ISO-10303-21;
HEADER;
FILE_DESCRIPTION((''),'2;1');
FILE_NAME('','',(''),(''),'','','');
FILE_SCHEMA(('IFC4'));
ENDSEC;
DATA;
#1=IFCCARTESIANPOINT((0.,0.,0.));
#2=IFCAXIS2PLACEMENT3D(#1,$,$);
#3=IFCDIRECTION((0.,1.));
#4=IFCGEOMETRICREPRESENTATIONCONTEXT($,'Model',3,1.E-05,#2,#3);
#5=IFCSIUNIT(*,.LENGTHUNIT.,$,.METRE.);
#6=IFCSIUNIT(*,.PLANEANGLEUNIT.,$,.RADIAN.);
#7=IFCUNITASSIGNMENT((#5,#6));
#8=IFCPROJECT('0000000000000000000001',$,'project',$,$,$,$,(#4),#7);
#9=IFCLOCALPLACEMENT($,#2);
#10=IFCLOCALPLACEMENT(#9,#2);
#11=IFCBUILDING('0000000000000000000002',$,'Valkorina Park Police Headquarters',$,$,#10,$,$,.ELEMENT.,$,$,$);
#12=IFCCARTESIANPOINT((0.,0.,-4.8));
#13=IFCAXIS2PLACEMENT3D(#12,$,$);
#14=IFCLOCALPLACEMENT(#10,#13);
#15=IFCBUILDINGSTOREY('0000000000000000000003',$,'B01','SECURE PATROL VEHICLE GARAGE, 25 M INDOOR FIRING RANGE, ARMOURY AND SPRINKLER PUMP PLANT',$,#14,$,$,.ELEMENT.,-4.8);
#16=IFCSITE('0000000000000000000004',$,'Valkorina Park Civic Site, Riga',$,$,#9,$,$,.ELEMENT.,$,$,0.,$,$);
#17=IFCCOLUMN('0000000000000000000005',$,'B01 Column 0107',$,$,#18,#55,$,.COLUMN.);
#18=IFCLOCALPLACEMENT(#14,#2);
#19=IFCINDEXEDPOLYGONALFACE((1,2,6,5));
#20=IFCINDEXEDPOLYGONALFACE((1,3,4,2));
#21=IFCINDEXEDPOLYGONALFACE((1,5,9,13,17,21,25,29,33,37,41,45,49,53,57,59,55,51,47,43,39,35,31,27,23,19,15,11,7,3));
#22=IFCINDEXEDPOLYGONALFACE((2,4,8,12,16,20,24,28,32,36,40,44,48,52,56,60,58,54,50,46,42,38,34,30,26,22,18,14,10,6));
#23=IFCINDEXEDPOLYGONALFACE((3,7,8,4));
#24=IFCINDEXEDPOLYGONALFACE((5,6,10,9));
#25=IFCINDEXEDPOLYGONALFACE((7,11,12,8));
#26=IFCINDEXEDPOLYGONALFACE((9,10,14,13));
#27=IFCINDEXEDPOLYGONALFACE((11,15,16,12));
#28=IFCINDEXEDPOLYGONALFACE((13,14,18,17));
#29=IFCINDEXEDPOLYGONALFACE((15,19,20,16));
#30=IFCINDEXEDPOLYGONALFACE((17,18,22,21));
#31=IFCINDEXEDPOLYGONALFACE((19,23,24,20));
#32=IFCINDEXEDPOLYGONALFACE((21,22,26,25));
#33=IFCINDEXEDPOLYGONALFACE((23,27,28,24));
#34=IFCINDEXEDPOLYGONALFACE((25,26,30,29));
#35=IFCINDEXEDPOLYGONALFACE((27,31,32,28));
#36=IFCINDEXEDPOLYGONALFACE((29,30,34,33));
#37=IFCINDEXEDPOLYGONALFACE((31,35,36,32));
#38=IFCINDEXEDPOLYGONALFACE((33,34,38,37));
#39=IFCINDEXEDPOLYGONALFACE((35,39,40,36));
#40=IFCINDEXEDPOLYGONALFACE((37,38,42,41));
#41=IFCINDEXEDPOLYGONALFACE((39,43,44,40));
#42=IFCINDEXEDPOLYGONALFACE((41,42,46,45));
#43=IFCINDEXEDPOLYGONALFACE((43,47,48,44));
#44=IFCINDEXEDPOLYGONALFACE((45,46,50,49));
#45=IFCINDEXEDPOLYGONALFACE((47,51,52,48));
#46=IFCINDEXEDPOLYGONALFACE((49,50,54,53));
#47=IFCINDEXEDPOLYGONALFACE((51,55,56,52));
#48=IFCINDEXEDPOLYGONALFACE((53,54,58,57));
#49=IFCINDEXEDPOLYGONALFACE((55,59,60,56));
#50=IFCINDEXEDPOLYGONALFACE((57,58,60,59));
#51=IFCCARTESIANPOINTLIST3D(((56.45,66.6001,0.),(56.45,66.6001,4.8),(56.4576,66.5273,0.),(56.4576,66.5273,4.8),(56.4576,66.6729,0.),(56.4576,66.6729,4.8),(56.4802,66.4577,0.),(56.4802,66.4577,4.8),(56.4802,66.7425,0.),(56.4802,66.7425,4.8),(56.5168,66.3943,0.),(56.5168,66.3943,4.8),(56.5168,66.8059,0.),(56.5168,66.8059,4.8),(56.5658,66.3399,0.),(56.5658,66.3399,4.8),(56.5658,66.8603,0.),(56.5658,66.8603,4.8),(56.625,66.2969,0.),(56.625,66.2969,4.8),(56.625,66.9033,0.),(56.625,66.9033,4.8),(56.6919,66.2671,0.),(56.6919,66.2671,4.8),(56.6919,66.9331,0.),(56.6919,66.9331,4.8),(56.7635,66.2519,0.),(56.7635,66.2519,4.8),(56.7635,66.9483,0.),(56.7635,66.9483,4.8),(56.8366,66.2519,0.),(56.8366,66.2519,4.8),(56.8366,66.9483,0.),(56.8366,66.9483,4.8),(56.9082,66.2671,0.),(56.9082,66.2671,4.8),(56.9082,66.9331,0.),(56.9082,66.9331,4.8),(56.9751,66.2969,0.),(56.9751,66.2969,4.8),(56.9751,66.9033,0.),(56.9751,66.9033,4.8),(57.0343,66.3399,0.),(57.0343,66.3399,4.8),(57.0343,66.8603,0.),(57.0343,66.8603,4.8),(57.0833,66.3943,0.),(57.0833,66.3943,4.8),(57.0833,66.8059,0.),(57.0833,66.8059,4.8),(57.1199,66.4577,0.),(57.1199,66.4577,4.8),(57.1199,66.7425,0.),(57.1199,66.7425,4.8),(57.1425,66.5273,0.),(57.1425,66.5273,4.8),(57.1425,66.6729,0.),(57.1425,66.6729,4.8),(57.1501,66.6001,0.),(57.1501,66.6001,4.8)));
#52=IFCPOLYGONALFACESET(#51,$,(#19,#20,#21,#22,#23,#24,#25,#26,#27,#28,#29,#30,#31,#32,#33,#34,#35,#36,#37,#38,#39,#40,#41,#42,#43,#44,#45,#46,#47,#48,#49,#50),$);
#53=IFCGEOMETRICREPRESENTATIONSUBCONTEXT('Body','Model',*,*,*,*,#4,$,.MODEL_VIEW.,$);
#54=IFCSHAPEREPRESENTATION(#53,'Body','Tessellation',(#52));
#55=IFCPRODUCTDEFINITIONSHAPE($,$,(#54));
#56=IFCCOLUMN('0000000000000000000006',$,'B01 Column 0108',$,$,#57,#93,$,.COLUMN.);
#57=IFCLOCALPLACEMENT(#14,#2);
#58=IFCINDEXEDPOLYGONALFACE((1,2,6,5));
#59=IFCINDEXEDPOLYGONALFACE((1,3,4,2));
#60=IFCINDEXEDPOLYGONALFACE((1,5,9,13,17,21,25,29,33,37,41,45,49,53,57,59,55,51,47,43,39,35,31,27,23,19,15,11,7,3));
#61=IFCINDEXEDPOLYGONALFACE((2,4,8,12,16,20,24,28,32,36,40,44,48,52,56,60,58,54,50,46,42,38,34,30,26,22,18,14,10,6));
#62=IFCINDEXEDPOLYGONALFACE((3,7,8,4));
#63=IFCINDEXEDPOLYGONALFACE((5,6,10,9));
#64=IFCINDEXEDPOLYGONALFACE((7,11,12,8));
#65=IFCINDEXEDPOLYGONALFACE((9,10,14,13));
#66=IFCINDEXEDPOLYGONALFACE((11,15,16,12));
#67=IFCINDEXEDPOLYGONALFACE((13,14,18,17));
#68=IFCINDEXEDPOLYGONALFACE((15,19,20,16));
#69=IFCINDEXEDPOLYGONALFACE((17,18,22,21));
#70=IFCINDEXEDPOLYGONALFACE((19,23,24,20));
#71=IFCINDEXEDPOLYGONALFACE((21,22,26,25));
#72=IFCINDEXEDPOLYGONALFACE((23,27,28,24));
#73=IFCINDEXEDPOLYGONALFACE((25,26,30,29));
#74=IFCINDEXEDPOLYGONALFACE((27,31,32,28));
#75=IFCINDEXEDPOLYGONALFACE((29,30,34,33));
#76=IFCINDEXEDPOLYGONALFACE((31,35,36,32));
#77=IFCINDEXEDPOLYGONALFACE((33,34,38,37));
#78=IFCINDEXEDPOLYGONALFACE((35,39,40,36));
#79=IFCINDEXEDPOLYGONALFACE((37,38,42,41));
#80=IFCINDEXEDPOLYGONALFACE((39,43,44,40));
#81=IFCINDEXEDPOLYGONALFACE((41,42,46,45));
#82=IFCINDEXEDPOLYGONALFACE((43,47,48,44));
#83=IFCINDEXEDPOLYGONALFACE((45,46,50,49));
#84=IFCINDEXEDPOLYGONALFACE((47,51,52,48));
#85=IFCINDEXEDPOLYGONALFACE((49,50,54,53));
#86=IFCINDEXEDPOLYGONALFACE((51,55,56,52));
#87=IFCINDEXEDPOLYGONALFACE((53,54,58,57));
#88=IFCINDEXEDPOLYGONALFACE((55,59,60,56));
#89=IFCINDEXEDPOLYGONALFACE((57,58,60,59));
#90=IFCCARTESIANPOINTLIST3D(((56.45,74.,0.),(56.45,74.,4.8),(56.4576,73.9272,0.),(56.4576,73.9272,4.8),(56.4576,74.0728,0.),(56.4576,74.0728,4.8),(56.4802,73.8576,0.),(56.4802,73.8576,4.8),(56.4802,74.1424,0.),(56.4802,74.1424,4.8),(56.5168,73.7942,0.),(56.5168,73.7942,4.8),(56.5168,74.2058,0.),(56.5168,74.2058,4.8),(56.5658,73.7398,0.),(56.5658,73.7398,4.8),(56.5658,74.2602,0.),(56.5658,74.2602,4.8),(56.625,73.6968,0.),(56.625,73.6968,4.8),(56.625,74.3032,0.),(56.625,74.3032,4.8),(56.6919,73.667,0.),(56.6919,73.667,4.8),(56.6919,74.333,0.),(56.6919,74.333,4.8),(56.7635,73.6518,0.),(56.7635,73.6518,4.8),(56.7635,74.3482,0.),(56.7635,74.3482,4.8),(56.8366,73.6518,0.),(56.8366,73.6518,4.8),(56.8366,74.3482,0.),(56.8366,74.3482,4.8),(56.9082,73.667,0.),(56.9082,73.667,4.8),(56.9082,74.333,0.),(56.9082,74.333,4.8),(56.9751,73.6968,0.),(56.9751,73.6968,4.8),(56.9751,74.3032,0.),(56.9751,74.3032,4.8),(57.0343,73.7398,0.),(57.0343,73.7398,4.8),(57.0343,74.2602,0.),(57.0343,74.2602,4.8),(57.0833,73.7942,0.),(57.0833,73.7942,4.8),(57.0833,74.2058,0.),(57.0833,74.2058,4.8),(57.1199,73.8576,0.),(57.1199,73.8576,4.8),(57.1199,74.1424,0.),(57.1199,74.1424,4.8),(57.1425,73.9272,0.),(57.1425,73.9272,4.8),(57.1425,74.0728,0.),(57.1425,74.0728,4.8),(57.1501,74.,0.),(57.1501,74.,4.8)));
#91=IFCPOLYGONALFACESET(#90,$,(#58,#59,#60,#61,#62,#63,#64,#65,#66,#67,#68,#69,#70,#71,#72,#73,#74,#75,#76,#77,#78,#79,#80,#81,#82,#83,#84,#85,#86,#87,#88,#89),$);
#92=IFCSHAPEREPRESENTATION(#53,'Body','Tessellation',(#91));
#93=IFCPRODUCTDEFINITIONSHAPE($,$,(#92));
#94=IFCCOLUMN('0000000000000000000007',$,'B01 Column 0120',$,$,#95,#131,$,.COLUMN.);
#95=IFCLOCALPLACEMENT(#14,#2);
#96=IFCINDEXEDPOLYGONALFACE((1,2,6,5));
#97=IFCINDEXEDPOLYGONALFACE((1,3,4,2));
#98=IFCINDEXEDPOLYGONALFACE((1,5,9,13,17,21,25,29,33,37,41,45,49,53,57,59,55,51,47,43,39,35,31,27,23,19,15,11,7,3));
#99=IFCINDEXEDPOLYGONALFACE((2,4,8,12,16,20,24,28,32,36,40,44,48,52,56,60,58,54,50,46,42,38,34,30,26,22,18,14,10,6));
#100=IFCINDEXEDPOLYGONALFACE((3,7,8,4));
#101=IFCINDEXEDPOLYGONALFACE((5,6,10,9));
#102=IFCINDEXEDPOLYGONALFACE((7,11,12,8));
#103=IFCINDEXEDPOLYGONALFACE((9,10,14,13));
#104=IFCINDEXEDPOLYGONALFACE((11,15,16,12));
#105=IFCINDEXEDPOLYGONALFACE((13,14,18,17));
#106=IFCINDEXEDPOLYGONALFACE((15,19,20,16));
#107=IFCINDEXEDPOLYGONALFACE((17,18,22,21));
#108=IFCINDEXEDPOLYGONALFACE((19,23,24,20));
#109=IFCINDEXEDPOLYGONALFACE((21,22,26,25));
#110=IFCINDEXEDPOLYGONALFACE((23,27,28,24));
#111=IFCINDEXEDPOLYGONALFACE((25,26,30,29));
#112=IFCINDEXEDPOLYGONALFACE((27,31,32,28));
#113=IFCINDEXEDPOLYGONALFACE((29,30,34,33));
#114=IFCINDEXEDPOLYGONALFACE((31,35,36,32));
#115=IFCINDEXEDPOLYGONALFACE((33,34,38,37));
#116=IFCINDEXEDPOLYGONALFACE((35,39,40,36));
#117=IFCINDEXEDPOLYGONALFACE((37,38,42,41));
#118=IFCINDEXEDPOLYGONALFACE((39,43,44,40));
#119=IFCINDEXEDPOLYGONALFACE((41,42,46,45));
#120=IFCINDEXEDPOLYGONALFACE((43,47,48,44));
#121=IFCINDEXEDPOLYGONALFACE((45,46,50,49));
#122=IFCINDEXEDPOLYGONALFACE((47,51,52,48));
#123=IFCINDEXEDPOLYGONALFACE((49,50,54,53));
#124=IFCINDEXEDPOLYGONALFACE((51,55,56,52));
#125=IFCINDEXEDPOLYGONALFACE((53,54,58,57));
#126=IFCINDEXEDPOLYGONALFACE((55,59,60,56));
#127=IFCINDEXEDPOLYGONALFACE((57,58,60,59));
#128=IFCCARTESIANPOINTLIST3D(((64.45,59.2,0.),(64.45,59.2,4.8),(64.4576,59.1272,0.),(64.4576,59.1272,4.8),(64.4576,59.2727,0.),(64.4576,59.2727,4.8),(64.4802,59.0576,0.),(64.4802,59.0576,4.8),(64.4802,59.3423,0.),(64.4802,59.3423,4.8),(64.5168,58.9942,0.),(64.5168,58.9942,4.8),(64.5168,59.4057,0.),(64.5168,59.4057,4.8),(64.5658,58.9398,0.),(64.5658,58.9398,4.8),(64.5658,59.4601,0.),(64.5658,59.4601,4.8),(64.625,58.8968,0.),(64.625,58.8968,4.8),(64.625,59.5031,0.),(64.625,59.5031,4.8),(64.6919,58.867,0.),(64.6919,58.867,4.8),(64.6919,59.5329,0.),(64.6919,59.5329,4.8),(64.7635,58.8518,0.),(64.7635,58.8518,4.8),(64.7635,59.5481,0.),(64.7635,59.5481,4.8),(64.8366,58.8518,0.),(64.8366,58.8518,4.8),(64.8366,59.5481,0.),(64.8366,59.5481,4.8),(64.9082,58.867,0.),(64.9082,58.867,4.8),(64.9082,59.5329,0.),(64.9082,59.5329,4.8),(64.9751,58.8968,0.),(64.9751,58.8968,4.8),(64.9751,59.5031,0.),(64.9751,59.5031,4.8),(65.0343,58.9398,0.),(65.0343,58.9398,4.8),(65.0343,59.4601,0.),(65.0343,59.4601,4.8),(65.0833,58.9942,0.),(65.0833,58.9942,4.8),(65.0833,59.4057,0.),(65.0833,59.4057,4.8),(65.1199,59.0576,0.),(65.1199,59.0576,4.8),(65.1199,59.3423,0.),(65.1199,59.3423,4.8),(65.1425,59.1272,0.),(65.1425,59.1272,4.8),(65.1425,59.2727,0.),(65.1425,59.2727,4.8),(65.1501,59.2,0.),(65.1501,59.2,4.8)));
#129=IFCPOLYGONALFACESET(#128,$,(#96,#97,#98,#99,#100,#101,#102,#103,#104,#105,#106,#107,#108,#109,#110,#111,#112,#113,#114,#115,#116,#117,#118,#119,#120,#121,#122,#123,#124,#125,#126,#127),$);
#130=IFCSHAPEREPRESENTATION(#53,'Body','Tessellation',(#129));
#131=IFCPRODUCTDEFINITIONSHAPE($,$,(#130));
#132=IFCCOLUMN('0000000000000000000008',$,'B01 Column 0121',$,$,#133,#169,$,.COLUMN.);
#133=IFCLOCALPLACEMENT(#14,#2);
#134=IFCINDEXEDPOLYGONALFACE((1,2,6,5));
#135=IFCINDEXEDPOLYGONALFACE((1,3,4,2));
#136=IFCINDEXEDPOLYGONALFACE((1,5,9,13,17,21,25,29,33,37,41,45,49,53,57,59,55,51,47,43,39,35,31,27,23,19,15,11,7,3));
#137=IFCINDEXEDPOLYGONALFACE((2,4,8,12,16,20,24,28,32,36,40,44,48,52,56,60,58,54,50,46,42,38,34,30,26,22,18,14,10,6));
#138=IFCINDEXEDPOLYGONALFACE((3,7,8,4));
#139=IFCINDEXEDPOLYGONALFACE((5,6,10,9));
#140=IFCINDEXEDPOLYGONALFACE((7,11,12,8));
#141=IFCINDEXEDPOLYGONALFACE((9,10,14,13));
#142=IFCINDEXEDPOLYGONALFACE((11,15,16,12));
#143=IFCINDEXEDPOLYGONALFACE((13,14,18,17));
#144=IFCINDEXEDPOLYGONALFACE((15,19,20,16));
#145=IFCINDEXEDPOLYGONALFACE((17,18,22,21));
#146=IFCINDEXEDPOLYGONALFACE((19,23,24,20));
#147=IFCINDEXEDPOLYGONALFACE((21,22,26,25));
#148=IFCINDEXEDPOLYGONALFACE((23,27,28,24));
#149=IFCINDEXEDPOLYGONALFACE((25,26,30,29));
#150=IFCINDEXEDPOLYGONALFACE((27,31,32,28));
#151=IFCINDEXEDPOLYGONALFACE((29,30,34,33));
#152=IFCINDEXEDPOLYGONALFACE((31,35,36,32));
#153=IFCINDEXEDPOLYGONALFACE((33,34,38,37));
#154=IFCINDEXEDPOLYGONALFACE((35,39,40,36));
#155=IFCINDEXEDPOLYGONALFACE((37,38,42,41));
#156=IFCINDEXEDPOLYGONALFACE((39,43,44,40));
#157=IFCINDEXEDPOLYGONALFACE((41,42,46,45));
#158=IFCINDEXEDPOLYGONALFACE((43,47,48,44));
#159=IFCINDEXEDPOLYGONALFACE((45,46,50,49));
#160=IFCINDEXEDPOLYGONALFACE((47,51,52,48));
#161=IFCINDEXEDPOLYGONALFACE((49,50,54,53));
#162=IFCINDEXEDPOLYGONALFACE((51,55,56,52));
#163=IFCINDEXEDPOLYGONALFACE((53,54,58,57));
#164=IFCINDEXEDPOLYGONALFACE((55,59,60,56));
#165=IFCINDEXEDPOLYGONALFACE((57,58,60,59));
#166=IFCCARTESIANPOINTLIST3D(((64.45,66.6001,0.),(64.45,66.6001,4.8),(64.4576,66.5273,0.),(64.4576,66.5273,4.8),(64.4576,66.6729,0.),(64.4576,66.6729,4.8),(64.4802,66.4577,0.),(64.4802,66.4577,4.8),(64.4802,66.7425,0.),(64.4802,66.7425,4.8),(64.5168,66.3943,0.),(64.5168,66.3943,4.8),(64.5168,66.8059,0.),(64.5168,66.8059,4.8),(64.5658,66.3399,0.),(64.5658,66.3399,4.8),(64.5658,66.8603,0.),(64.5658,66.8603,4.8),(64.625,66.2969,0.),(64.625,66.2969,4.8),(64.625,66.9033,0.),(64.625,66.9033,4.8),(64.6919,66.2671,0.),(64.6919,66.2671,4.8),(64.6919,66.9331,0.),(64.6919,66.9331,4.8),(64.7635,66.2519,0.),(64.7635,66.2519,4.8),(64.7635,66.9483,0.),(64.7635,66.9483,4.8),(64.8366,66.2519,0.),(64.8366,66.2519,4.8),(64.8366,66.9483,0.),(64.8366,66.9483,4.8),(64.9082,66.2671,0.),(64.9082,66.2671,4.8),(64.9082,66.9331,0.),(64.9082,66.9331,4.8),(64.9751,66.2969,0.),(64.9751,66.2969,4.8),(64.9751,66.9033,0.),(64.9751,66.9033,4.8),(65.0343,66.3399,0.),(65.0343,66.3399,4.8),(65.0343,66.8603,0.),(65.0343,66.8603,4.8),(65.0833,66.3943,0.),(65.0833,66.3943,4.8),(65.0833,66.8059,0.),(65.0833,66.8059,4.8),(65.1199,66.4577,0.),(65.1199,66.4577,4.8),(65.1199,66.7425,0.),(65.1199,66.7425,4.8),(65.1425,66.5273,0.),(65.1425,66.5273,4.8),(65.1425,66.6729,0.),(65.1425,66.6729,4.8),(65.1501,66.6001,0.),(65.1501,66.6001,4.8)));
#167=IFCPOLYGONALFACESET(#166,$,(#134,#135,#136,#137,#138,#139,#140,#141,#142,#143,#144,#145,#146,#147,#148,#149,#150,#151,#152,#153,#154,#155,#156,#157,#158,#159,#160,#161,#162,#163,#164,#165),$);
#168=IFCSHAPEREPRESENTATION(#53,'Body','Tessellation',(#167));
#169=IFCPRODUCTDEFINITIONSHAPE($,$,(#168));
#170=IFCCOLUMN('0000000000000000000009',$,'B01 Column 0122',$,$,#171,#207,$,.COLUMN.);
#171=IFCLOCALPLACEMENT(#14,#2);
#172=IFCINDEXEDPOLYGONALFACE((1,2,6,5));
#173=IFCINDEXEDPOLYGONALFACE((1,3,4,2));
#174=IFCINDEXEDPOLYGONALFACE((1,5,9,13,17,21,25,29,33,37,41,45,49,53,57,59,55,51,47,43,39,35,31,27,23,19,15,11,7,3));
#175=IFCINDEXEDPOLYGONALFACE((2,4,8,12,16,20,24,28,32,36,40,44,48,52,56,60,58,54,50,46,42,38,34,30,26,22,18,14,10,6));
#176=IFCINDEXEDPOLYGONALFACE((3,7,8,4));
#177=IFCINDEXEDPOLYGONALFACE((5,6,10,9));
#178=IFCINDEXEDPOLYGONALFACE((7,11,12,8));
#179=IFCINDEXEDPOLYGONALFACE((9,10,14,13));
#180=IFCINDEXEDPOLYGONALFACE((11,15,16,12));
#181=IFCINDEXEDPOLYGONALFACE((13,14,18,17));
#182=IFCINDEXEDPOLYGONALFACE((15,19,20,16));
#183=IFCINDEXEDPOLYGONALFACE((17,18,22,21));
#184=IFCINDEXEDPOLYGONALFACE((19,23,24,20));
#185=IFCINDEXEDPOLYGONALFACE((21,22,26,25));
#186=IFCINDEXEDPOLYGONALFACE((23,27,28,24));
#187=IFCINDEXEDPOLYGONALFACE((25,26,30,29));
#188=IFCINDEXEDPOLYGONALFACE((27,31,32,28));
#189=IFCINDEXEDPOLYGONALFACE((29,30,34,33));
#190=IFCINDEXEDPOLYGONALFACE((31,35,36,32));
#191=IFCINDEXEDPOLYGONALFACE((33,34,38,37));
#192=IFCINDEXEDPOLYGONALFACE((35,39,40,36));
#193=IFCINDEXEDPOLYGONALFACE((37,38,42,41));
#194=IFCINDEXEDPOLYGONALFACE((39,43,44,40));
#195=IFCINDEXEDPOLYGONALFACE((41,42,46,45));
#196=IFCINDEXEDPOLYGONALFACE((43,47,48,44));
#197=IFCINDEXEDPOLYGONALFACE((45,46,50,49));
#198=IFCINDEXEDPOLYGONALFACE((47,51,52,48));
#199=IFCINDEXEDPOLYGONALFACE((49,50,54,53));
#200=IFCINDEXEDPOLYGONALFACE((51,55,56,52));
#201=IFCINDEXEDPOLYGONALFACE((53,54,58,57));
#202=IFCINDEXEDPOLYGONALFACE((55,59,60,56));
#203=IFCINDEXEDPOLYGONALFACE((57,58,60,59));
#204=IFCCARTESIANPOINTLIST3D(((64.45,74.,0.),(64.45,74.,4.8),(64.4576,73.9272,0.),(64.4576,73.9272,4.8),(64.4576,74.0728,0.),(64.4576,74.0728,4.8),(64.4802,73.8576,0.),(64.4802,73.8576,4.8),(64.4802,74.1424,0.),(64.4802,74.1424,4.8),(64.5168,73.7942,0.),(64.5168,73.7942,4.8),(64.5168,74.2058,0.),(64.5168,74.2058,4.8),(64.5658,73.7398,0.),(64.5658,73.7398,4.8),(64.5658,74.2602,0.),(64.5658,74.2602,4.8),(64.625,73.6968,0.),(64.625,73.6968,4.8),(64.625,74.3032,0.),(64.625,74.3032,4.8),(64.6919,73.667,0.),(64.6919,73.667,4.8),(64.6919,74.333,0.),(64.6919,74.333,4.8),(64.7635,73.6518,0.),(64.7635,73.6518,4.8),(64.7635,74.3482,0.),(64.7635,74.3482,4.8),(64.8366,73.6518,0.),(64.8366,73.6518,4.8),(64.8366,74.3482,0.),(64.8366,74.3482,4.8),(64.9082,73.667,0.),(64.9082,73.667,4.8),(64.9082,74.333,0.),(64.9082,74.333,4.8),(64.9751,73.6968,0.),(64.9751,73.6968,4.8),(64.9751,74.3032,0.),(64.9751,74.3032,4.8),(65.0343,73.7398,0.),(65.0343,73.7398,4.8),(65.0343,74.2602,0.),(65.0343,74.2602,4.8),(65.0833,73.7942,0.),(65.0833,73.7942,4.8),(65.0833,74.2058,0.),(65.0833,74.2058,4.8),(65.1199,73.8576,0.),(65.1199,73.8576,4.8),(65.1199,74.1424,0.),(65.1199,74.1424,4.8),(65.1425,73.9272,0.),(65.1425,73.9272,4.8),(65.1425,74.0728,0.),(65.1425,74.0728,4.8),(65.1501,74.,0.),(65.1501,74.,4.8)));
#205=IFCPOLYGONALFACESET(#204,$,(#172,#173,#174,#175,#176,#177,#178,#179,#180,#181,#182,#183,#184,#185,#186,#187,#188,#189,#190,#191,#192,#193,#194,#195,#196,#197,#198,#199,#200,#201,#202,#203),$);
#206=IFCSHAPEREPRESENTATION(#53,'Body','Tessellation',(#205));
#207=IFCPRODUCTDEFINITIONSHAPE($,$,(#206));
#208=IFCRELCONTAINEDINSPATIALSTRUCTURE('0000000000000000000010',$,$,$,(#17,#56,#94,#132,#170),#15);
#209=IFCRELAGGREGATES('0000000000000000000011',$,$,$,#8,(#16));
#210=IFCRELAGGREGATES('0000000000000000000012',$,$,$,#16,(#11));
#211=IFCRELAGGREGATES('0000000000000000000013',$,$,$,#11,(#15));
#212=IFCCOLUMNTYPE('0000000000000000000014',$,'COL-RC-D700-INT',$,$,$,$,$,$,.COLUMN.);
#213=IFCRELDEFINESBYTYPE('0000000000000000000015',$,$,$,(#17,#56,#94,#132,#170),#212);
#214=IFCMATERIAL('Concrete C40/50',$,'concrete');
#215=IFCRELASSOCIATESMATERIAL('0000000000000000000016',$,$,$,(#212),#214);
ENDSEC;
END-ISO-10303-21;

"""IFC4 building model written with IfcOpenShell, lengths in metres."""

from ifc_helpers import new_model, si_unit, direction, frame, origin, origin_2d, place, context, subcontext, project, spatial, circle, extrude, material, material_profile, profile_set, type_object, element, save


model = new_model("IFC4")

# Units and contexts
model_context = context("Model", 3, precision=1e-05, world=origin(), true_north=direction((0.0, 1.0)))
body_context = subcontext(model_context, "Body", "Model", "MODEL_VIEW")
ifc_project = project(units=[si_unit("LENGTHUNIT", "METRE"), si_unit("PLANEANGLEUNIT", "RADIAN")], contexts=[model_context])

# Site, building, storey
site_placement = place(None, origin())
site = spatial("IfcSite", under=ifc_project, at=site_placement, Name="Valkorina Park Civic Site, Riga", CompositionType="ELEMENT", RefElevation=0.0)
building_placement = place(site_placement, origin())
building = spatial("IfcBuilding", under=site, at=building_placement, Name="Valkorina Park Police Headquarters", CompositionType="ELEMENT")
storey_placement = place(building_placement, frame((0.0, 0.0, -4.8)))
storey = spatial("IfcBuildingStorey", under=building, at=storey_placement, Name="B01", Description="SECURE PATROL VEHICLE GARAGE, 25 M INDOOR FIRING RANGE, ARMOURY AND SPRINKLER PUMP PLANT", CompositionType="ELEMENT", Elevation=-4.8)

# Columns
ifc_material_1 = material(Name="Concrete C40/50", Category="concrete")
ifc_material_profile_1 = material_profile(ifc_material_1, circle(Radius=0.3501, at=origin_2d()), Name="RC COL D700")
ifc_profile_set_1 = profile_set([ifc_material_profile_1], Name="Concrete C40/50")
column_type = type_object("IfcColumnType", Name="COL-RC-D700-INT", PredefinedType="COLUMN", material=ifc_profile_set_1)
for number, where, z_axis, x_axis, name in (
    (1, (56.8, 66.6001, 0.0), (0.0, 0.0, 1.0), (1.0, 0.0, 0.0), "B01 Column 0107"),
    (2, (56.8, 74.0, 0.0), (0.0, 0.0, 1.0), (1.0, 0.0, 0.0), "B01 Column 0108"),
    (3, (64.8, 59.2, 0.0), (0.0, 0.0, 1.0), (1.0, 0.0, 0.0), "B01 Column 0120"),
    (4, (64.8, 66.6001, 0.0), (0.0, 0.0, 1.0), (1.0, 0.0, 0.0), "B01 Column 0121"),
    (5, (64.8, 74.0, 0.0), (0.0, 0.0, 1.0), (1.0, 0.0, 0.0), "B01 Column 0122"),
):
    element("IfcColumn", number, at=place(storey_placement, frame(where, z_axis=z_axis, x_axis=x_axis)), inside=storey, type_object=column_type, Name=name, PredefinedType="COLUMN", context=body_context, shape_type="SweptSolid", body=[
        extrude(circle(Radius=0.3501, at=origin_2d()), origin(), (0.0, 0.0, 1.0), 4.8),
    ])

save(model, "model.ifc")
